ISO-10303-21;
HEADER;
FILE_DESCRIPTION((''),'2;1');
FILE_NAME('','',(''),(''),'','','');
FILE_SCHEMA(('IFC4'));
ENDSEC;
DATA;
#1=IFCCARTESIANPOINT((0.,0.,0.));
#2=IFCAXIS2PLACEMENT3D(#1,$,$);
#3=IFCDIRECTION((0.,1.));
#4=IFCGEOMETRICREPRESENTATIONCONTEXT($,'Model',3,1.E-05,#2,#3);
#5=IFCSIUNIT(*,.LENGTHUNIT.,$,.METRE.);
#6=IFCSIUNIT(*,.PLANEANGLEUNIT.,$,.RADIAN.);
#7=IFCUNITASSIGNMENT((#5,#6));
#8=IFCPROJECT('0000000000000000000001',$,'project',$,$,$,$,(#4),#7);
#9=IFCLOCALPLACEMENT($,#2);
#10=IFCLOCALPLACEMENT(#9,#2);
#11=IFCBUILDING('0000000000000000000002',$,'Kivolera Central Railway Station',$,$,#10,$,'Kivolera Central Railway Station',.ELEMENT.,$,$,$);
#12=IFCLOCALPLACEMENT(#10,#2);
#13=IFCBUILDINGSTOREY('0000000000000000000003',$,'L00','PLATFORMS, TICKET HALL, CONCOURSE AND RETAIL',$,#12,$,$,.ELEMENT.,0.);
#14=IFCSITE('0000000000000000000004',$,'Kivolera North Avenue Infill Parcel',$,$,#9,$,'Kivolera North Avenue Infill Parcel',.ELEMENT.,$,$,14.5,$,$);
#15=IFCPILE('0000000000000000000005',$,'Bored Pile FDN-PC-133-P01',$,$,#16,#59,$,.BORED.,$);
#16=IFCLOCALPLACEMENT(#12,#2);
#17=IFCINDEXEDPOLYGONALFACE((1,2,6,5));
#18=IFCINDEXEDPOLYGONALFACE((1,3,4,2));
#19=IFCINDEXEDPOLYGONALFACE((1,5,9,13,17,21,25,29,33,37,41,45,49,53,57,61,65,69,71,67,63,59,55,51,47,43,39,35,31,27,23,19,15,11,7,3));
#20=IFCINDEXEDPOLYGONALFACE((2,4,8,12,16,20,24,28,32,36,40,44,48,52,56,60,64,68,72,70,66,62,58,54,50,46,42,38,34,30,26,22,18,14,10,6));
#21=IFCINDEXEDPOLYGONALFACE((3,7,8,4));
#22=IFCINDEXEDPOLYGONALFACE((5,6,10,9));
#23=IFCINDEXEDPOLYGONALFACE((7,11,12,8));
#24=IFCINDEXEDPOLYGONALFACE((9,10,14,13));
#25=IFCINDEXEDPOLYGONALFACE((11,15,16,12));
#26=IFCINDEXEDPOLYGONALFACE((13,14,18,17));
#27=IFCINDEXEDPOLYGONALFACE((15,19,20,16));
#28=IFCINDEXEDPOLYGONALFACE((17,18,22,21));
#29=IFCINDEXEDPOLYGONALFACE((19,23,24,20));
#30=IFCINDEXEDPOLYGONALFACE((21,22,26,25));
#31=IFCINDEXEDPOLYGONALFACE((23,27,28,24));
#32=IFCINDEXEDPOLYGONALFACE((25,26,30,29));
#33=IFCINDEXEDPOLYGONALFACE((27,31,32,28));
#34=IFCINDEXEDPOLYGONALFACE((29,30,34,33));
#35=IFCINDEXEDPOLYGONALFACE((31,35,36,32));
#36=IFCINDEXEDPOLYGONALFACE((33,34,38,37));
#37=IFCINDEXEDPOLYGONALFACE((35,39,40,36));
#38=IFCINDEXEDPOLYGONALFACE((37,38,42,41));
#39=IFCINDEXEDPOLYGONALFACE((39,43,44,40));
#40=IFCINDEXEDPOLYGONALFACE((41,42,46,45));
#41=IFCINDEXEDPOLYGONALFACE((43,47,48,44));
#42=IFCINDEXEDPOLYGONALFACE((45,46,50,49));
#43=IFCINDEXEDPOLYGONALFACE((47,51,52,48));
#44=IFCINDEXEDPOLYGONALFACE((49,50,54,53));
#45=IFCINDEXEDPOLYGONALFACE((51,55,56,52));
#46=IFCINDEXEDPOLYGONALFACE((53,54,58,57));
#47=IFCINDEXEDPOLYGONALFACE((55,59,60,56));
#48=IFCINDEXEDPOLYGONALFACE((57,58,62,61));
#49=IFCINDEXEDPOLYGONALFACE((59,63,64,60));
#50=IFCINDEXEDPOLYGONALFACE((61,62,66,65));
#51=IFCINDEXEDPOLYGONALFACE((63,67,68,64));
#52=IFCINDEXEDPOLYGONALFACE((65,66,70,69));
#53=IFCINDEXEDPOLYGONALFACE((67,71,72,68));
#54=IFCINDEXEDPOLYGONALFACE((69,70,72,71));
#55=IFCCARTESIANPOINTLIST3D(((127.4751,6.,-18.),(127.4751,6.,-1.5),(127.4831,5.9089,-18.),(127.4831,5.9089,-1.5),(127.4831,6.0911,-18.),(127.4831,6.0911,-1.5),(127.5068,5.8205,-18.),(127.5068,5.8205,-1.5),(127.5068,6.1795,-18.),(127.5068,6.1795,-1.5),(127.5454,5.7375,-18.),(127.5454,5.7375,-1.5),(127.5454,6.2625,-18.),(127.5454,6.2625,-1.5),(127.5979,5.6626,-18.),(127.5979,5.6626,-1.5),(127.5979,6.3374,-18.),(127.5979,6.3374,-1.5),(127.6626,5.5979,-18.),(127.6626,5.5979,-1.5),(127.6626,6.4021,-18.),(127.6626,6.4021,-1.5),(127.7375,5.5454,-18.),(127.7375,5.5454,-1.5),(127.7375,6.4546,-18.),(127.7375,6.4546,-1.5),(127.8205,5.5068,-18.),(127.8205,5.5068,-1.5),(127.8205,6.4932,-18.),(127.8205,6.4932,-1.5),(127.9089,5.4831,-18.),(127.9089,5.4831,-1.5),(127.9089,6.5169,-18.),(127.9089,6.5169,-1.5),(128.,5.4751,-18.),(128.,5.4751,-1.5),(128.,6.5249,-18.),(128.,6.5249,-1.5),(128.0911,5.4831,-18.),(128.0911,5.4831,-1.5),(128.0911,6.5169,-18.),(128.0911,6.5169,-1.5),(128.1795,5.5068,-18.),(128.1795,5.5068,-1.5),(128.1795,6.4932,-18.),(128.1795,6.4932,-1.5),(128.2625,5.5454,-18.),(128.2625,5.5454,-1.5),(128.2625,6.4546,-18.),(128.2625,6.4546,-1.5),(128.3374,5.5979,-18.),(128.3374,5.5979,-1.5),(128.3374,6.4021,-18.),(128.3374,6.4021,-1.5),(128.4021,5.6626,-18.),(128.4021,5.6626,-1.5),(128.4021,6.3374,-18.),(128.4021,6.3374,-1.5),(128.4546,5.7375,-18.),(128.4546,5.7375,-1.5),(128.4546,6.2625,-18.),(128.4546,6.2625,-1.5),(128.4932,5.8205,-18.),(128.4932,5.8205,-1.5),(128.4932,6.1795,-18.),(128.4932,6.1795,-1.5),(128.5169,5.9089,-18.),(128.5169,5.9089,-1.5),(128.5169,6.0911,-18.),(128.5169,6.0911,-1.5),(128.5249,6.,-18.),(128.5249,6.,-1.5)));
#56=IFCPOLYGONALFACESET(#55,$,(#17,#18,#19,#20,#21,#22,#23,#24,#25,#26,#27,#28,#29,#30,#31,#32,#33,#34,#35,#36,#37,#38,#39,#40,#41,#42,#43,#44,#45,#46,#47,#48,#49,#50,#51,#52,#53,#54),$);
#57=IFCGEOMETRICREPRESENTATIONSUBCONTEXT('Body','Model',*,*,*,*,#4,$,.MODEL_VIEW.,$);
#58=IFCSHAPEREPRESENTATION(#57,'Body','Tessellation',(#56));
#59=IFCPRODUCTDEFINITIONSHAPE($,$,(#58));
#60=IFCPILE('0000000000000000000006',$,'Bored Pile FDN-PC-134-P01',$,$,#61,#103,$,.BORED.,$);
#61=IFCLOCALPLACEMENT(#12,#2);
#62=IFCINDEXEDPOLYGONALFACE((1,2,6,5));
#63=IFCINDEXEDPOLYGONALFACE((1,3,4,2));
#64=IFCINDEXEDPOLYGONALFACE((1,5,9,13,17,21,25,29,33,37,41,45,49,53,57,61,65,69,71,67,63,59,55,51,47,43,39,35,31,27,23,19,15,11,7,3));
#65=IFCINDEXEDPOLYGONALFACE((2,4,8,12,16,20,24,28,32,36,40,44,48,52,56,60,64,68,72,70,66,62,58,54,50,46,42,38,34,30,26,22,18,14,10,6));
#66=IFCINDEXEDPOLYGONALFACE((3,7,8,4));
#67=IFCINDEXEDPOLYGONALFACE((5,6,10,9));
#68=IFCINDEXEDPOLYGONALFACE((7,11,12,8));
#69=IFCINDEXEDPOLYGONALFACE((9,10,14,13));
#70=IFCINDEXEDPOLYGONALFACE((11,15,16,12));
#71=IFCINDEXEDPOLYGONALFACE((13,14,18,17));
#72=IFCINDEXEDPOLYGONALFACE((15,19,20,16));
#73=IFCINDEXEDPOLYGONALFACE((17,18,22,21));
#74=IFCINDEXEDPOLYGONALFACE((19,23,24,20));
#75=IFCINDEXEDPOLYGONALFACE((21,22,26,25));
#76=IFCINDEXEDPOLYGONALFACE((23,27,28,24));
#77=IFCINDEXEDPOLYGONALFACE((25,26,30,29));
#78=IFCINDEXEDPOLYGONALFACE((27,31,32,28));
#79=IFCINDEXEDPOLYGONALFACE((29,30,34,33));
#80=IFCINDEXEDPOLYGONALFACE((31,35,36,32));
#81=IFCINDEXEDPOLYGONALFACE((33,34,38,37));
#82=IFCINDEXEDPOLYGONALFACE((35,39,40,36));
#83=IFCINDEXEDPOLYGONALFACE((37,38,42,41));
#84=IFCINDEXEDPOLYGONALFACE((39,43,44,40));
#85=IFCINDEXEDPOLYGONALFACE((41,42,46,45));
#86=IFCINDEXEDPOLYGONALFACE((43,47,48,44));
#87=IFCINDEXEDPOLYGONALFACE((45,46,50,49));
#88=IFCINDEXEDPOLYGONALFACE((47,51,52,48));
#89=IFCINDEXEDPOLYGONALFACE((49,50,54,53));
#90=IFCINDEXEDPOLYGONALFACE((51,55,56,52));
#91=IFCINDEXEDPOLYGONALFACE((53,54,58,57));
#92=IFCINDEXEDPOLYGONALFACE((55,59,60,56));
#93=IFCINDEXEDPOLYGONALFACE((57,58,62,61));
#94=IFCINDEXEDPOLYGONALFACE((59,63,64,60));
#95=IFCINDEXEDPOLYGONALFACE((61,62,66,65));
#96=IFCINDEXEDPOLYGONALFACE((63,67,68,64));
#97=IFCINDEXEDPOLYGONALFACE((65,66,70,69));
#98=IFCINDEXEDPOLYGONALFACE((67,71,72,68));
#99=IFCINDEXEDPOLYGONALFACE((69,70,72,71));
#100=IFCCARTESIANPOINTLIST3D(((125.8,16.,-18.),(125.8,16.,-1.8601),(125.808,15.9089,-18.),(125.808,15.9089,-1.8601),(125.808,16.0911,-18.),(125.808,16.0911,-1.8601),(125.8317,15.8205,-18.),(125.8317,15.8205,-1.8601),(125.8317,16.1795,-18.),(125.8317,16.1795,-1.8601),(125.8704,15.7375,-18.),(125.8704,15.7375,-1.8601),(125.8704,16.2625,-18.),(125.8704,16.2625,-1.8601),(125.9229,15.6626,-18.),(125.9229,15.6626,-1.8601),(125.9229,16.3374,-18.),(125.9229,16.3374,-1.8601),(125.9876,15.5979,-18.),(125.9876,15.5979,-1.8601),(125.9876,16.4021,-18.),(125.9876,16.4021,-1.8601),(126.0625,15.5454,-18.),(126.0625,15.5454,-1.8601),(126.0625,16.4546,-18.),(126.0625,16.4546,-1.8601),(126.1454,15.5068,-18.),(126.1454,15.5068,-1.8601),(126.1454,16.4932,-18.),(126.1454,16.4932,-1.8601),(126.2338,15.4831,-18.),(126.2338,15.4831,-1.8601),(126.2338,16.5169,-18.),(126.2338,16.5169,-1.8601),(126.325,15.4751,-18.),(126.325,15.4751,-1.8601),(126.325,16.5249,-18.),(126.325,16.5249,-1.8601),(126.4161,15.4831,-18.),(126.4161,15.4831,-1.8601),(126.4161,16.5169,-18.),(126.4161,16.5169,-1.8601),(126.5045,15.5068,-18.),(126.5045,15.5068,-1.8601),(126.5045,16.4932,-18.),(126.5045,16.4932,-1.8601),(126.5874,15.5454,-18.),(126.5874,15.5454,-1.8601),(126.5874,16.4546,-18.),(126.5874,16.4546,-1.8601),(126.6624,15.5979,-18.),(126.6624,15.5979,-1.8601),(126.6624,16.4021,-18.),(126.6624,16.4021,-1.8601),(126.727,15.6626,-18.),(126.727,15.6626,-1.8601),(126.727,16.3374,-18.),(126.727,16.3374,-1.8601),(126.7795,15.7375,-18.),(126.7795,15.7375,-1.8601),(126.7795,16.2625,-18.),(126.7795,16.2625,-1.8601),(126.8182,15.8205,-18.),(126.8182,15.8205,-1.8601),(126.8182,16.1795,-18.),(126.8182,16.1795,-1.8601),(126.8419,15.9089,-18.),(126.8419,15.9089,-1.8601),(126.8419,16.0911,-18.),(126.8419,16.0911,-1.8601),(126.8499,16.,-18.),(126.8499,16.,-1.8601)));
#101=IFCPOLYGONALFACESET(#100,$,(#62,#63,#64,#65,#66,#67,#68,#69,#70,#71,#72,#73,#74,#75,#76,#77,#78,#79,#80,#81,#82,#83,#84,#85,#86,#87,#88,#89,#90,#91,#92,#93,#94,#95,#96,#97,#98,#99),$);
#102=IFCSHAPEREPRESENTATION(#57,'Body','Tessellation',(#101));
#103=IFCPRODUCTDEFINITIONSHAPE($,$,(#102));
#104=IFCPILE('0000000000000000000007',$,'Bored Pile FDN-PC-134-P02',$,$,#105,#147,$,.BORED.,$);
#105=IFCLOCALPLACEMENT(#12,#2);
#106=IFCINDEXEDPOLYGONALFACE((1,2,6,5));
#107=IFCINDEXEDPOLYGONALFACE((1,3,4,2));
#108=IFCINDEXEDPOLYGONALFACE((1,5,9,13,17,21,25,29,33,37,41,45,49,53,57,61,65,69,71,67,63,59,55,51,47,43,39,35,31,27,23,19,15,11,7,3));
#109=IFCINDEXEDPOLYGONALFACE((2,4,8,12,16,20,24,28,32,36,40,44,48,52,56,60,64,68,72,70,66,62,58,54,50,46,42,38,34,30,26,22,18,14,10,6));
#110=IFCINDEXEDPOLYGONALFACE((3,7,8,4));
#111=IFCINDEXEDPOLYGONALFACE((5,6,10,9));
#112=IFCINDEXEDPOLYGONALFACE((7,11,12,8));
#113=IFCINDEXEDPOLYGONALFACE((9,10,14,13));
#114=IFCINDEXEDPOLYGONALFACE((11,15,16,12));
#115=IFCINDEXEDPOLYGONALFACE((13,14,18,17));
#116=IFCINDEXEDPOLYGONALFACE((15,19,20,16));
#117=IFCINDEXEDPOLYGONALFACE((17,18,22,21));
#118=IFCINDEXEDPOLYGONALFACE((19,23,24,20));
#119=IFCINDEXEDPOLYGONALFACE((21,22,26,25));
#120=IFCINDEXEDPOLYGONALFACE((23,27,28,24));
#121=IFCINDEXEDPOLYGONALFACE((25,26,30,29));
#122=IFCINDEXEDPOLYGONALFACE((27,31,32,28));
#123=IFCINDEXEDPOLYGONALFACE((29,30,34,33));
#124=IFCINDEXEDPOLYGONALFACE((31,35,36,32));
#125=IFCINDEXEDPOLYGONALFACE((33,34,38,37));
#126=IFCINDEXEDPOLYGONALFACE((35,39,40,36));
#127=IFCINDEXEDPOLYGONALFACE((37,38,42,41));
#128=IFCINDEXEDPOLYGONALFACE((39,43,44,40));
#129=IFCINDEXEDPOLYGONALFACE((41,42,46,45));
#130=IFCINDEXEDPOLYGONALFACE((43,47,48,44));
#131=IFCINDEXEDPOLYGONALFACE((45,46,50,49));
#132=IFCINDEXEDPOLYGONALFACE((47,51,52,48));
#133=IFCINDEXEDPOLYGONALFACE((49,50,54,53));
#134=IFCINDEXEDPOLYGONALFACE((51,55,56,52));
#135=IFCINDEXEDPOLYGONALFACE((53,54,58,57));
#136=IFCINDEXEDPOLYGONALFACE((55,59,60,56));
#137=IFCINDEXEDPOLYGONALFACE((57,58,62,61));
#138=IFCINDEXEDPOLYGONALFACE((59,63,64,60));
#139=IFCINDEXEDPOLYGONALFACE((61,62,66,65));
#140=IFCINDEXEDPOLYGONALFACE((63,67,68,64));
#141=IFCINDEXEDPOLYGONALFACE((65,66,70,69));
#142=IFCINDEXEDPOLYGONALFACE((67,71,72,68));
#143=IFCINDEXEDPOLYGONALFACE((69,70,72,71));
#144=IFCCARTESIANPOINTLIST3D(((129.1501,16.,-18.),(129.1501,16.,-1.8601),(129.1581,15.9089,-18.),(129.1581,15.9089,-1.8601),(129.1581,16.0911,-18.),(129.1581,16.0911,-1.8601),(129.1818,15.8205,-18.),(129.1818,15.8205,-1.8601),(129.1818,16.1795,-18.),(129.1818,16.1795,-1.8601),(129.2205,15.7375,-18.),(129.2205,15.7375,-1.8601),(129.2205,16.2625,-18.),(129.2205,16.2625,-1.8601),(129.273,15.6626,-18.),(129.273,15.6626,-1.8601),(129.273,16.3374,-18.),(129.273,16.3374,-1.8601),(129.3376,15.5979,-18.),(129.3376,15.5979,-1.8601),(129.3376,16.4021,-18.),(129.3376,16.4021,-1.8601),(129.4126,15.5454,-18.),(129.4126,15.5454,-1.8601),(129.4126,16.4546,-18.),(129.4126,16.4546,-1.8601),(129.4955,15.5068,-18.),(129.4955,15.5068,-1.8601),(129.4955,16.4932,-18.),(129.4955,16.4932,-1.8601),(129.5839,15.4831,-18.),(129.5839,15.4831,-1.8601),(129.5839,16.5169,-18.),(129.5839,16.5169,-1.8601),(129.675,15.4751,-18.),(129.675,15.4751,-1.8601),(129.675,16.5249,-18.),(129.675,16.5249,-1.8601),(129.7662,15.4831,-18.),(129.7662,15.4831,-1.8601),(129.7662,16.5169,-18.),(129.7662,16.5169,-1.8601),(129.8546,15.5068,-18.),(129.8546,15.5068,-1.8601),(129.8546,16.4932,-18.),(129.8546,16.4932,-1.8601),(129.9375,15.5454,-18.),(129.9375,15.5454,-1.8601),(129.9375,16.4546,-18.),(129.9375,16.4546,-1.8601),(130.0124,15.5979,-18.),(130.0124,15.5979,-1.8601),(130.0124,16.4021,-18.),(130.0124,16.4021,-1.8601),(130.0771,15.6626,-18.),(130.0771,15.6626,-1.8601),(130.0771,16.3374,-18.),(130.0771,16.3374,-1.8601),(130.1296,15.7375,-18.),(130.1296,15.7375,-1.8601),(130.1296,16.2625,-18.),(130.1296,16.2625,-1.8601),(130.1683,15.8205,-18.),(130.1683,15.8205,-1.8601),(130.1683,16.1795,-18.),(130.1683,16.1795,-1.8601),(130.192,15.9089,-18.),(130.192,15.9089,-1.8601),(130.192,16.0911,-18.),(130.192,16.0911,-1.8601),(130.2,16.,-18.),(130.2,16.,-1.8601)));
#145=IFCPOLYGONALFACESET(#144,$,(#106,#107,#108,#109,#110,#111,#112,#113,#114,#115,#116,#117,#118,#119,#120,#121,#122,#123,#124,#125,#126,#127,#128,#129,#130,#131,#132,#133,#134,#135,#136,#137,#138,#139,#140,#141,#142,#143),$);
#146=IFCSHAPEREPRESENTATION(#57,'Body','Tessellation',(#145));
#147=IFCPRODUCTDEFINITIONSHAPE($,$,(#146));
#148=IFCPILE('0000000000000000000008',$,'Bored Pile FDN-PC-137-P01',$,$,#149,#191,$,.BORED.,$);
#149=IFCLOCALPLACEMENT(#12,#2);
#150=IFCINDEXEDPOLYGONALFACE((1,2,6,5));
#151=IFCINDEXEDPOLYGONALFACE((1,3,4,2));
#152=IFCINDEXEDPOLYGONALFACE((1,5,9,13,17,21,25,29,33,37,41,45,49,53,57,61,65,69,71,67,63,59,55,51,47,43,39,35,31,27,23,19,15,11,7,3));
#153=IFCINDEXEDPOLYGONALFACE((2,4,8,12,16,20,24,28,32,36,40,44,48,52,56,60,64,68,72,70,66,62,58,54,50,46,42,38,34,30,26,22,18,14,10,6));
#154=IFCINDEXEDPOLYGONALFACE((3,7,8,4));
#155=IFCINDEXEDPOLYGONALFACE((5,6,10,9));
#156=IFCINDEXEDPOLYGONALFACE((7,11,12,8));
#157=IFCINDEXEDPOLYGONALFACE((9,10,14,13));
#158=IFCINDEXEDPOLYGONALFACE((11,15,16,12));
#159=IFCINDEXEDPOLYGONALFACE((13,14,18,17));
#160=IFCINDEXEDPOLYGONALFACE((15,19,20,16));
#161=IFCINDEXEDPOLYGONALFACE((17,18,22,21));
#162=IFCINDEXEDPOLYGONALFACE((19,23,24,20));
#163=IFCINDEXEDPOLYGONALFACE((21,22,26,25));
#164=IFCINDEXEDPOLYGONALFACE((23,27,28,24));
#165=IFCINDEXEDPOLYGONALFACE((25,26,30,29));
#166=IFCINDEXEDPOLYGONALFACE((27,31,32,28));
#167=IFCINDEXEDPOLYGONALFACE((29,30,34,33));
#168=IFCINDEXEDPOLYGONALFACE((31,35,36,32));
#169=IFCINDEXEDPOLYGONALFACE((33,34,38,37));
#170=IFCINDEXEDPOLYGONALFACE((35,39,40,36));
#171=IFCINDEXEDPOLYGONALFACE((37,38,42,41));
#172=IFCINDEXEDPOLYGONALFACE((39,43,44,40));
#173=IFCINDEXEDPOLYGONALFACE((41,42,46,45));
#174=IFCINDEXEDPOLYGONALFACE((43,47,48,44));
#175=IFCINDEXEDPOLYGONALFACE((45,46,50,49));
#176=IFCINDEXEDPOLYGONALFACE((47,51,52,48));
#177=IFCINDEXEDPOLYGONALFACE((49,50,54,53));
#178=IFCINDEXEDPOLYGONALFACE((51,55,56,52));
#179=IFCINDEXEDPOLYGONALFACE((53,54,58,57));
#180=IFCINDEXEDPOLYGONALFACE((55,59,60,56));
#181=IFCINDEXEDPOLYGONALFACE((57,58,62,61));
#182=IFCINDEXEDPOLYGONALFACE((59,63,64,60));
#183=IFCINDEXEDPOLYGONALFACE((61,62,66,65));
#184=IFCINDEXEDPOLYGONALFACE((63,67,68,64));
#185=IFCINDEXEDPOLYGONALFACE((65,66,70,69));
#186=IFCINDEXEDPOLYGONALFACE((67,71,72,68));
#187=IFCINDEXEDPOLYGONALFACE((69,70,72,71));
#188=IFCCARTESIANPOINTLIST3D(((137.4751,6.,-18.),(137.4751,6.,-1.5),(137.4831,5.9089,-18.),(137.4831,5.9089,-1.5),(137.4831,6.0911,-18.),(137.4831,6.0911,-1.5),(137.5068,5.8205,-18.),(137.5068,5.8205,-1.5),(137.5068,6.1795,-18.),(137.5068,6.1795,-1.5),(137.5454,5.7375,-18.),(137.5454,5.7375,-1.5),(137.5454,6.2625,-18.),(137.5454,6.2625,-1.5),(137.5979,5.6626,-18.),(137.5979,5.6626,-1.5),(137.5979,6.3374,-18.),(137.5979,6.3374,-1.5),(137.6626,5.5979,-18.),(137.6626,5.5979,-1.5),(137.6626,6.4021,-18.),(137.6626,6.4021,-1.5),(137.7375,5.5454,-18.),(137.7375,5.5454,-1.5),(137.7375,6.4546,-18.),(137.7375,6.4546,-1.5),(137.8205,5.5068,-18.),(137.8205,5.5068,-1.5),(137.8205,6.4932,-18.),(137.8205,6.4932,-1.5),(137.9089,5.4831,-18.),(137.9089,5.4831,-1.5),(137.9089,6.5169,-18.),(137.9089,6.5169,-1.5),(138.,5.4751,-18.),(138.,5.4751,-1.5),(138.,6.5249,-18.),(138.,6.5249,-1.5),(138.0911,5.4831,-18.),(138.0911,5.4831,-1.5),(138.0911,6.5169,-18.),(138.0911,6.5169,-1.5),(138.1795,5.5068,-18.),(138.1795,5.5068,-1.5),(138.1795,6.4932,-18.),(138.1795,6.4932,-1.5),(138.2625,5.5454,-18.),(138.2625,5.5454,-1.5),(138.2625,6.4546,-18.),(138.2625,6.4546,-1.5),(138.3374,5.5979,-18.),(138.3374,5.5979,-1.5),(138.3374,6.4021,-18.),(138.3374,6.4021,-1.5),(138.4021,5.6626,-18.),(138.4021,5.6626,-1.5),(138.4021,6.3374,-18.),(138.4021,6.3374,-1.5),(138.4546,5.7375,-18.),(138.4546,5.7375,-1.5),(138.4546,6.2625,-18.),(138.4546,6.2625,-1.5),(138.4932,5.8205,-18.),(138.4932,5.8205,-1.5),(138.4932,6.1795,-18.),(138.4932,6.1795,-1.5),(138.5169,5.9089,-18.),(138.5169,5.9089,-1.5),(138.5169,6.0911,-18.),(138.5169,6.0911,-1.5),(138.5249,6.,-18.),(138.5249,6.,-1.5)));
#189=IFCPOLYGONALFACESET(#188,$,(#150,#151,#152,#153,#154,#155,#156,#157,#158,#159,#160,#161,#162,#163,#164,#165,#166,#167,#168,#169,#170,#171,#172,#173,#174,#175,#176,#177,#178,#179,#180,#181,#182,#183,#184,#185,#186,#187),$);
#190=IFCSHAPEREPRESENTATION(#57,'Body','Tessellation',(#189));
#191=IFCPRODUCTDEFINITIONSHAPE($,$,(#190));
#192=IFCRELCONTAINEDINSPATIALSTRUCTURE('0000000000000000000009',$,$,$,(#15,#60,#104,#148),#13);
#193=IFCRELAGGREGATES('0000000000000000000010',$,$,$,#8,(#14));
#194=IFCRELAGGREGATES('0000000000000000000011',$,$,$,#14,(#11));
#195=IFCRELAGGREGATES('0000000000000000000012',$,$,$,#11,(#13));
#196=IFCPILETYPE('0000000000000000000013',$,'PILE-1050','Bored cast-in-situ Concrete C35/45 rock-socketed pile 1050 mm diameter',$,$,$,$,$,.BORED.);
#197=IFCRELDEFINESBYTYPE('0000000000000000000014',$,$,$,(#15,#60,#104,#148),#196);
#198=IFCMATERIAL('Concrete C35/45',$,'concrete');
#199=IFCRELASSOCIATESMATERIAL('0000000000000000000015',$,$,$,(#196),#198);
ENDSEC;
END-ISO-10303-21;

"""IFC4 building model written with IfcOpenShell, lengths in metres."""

from ifc_helpers import new_model, si_unit, direction, frame, origin, origin_2d, place, context, subcontext, project, spatial, circle, extrude, material, material_profile, profile_set, type_object, element, save


model = new_model("IFC4")

# Units and contexts
model_context = context("Model", 3, precision=1e-05, world=origin(), true_north=direction((0.0, 1.0)))
body_context = subcontext(model_context, "Body", "Model", "MODEL_VIEW")
ifc_project = project(units=[si_unit("LENGTHUNIT", "METRE"), si_unit("PLANEANGLEUNIT", "RADIAN")], contexts=[model_context])

# Site, building, storey
site_placement = place(None, origin())
site = spatial("IfcSite", under=ifc_project, at=site_placement, Name="Kivolera North Avenue Infill Parcel", LongName="Kivolera North Avenue Infill Parcel", CompositionType="ELEMENT", RefElevation=14.5)
building_placement = place(site_placement, origin())
building = spatial("IfcBuilding", under=site, at=building_placement, Name="Kivolera Central Railway Station", LongName="Kivolera Central Railway Station", CompositionType="ELEMENT")
storey_placement = place(building_placement, origin())
storey = spatial("IfcBuildingStorey", under=building, at=storey_placement, Name="L00", Description="PLATFORMS, TICKET HALL, CONCOURSE AND RETAIL", CompositionType="ELEMENT", Elevation=0.0)

# Shared definitions
ifc_material_1 = material(Name="Concrete C35/45", Category="concrete")

# Piles
ifc_material_profile_1 = material_profile(ifc_material_1, circle(Radius=0.5249, at=origin_2d()), Name="PILE D1050")
ifc_profile_set_1 = profile_set([ifc_material_profile_1], Name="Concrete C35/45")
pile_type = type_object("IfcPileType", Name="PILE-1050", Description="Bored cast-in-situ Concrete C35/45 rock-socketed pile 1050 mm diameter", PredefinedType="BORED", material=ifc_profile_set_1)
pile_1_placement = place(storey_placement, frame((128.0, 6.0, -1.5), z_axis=(0.0, 0.0, -1.0), x_axis=(1.0, 0.0, 0.0)))
element("IfcPile", 1, at=pile_1_placement, inside=storey, type_object=pile_type, Name="Bored Pile FDN-PC-133-P01", PredefinedType="BORED", context=body_context, shape_type="SweptSolid", body=[
    extrude(circle(Radius=0.5249, at=origin_2d()), origin(), (0.0, 0.0, 1.0), 16.5),
])
for number, where, z_axis, x_axis, name in (
    (2, (126.325, 16.0, -1.8601), (0.0, 0.0, -1.0), (1.0, 0.0, 0.0), "Bored Pile FDN-PC-134-P01"),
    (3, (129.675, 16.0, -1.8601), (0.0, 0.0, -1.0), (1.0, 0.0, 0.0), "Bored Pile FDN-PC-134-P02"),
):
    element("IfcPile", number, at=place(storey_placement, frame(where, z_axis=z_axis, x_axis=x_axis)), inside=storey, type_object=pile_type, Name=name, PredefinedType="BORED", context=body_context, shape_type="SweptSolid", body=[
        extrude(circle(Radius=0.5249, at=origin_2d()), origin(), (0.0, 0.0, 1.0), 16.1399),
    ])
pile_2_placement = place(storey_placement, frame((138.0, 6.0, -1.5), z_axis=(0.0, 0.0, -1.0), x_axis=(1.0, 0.0, 0.0)))
element("IfcPile", 4, at=pile_2_placement, inside=storey, type_object=pile_type, Name="Bored Pile FDN-PC-137-P01", PredefinedType="BORED", context=body_context, shape_type="SweptSolid", body=[
    extrude(circle(Radius=0.5249, at=origin_2d()), origin(), (0.0, 0.0, 1.0), 16.5),
])

save(model, "model.ifc")
